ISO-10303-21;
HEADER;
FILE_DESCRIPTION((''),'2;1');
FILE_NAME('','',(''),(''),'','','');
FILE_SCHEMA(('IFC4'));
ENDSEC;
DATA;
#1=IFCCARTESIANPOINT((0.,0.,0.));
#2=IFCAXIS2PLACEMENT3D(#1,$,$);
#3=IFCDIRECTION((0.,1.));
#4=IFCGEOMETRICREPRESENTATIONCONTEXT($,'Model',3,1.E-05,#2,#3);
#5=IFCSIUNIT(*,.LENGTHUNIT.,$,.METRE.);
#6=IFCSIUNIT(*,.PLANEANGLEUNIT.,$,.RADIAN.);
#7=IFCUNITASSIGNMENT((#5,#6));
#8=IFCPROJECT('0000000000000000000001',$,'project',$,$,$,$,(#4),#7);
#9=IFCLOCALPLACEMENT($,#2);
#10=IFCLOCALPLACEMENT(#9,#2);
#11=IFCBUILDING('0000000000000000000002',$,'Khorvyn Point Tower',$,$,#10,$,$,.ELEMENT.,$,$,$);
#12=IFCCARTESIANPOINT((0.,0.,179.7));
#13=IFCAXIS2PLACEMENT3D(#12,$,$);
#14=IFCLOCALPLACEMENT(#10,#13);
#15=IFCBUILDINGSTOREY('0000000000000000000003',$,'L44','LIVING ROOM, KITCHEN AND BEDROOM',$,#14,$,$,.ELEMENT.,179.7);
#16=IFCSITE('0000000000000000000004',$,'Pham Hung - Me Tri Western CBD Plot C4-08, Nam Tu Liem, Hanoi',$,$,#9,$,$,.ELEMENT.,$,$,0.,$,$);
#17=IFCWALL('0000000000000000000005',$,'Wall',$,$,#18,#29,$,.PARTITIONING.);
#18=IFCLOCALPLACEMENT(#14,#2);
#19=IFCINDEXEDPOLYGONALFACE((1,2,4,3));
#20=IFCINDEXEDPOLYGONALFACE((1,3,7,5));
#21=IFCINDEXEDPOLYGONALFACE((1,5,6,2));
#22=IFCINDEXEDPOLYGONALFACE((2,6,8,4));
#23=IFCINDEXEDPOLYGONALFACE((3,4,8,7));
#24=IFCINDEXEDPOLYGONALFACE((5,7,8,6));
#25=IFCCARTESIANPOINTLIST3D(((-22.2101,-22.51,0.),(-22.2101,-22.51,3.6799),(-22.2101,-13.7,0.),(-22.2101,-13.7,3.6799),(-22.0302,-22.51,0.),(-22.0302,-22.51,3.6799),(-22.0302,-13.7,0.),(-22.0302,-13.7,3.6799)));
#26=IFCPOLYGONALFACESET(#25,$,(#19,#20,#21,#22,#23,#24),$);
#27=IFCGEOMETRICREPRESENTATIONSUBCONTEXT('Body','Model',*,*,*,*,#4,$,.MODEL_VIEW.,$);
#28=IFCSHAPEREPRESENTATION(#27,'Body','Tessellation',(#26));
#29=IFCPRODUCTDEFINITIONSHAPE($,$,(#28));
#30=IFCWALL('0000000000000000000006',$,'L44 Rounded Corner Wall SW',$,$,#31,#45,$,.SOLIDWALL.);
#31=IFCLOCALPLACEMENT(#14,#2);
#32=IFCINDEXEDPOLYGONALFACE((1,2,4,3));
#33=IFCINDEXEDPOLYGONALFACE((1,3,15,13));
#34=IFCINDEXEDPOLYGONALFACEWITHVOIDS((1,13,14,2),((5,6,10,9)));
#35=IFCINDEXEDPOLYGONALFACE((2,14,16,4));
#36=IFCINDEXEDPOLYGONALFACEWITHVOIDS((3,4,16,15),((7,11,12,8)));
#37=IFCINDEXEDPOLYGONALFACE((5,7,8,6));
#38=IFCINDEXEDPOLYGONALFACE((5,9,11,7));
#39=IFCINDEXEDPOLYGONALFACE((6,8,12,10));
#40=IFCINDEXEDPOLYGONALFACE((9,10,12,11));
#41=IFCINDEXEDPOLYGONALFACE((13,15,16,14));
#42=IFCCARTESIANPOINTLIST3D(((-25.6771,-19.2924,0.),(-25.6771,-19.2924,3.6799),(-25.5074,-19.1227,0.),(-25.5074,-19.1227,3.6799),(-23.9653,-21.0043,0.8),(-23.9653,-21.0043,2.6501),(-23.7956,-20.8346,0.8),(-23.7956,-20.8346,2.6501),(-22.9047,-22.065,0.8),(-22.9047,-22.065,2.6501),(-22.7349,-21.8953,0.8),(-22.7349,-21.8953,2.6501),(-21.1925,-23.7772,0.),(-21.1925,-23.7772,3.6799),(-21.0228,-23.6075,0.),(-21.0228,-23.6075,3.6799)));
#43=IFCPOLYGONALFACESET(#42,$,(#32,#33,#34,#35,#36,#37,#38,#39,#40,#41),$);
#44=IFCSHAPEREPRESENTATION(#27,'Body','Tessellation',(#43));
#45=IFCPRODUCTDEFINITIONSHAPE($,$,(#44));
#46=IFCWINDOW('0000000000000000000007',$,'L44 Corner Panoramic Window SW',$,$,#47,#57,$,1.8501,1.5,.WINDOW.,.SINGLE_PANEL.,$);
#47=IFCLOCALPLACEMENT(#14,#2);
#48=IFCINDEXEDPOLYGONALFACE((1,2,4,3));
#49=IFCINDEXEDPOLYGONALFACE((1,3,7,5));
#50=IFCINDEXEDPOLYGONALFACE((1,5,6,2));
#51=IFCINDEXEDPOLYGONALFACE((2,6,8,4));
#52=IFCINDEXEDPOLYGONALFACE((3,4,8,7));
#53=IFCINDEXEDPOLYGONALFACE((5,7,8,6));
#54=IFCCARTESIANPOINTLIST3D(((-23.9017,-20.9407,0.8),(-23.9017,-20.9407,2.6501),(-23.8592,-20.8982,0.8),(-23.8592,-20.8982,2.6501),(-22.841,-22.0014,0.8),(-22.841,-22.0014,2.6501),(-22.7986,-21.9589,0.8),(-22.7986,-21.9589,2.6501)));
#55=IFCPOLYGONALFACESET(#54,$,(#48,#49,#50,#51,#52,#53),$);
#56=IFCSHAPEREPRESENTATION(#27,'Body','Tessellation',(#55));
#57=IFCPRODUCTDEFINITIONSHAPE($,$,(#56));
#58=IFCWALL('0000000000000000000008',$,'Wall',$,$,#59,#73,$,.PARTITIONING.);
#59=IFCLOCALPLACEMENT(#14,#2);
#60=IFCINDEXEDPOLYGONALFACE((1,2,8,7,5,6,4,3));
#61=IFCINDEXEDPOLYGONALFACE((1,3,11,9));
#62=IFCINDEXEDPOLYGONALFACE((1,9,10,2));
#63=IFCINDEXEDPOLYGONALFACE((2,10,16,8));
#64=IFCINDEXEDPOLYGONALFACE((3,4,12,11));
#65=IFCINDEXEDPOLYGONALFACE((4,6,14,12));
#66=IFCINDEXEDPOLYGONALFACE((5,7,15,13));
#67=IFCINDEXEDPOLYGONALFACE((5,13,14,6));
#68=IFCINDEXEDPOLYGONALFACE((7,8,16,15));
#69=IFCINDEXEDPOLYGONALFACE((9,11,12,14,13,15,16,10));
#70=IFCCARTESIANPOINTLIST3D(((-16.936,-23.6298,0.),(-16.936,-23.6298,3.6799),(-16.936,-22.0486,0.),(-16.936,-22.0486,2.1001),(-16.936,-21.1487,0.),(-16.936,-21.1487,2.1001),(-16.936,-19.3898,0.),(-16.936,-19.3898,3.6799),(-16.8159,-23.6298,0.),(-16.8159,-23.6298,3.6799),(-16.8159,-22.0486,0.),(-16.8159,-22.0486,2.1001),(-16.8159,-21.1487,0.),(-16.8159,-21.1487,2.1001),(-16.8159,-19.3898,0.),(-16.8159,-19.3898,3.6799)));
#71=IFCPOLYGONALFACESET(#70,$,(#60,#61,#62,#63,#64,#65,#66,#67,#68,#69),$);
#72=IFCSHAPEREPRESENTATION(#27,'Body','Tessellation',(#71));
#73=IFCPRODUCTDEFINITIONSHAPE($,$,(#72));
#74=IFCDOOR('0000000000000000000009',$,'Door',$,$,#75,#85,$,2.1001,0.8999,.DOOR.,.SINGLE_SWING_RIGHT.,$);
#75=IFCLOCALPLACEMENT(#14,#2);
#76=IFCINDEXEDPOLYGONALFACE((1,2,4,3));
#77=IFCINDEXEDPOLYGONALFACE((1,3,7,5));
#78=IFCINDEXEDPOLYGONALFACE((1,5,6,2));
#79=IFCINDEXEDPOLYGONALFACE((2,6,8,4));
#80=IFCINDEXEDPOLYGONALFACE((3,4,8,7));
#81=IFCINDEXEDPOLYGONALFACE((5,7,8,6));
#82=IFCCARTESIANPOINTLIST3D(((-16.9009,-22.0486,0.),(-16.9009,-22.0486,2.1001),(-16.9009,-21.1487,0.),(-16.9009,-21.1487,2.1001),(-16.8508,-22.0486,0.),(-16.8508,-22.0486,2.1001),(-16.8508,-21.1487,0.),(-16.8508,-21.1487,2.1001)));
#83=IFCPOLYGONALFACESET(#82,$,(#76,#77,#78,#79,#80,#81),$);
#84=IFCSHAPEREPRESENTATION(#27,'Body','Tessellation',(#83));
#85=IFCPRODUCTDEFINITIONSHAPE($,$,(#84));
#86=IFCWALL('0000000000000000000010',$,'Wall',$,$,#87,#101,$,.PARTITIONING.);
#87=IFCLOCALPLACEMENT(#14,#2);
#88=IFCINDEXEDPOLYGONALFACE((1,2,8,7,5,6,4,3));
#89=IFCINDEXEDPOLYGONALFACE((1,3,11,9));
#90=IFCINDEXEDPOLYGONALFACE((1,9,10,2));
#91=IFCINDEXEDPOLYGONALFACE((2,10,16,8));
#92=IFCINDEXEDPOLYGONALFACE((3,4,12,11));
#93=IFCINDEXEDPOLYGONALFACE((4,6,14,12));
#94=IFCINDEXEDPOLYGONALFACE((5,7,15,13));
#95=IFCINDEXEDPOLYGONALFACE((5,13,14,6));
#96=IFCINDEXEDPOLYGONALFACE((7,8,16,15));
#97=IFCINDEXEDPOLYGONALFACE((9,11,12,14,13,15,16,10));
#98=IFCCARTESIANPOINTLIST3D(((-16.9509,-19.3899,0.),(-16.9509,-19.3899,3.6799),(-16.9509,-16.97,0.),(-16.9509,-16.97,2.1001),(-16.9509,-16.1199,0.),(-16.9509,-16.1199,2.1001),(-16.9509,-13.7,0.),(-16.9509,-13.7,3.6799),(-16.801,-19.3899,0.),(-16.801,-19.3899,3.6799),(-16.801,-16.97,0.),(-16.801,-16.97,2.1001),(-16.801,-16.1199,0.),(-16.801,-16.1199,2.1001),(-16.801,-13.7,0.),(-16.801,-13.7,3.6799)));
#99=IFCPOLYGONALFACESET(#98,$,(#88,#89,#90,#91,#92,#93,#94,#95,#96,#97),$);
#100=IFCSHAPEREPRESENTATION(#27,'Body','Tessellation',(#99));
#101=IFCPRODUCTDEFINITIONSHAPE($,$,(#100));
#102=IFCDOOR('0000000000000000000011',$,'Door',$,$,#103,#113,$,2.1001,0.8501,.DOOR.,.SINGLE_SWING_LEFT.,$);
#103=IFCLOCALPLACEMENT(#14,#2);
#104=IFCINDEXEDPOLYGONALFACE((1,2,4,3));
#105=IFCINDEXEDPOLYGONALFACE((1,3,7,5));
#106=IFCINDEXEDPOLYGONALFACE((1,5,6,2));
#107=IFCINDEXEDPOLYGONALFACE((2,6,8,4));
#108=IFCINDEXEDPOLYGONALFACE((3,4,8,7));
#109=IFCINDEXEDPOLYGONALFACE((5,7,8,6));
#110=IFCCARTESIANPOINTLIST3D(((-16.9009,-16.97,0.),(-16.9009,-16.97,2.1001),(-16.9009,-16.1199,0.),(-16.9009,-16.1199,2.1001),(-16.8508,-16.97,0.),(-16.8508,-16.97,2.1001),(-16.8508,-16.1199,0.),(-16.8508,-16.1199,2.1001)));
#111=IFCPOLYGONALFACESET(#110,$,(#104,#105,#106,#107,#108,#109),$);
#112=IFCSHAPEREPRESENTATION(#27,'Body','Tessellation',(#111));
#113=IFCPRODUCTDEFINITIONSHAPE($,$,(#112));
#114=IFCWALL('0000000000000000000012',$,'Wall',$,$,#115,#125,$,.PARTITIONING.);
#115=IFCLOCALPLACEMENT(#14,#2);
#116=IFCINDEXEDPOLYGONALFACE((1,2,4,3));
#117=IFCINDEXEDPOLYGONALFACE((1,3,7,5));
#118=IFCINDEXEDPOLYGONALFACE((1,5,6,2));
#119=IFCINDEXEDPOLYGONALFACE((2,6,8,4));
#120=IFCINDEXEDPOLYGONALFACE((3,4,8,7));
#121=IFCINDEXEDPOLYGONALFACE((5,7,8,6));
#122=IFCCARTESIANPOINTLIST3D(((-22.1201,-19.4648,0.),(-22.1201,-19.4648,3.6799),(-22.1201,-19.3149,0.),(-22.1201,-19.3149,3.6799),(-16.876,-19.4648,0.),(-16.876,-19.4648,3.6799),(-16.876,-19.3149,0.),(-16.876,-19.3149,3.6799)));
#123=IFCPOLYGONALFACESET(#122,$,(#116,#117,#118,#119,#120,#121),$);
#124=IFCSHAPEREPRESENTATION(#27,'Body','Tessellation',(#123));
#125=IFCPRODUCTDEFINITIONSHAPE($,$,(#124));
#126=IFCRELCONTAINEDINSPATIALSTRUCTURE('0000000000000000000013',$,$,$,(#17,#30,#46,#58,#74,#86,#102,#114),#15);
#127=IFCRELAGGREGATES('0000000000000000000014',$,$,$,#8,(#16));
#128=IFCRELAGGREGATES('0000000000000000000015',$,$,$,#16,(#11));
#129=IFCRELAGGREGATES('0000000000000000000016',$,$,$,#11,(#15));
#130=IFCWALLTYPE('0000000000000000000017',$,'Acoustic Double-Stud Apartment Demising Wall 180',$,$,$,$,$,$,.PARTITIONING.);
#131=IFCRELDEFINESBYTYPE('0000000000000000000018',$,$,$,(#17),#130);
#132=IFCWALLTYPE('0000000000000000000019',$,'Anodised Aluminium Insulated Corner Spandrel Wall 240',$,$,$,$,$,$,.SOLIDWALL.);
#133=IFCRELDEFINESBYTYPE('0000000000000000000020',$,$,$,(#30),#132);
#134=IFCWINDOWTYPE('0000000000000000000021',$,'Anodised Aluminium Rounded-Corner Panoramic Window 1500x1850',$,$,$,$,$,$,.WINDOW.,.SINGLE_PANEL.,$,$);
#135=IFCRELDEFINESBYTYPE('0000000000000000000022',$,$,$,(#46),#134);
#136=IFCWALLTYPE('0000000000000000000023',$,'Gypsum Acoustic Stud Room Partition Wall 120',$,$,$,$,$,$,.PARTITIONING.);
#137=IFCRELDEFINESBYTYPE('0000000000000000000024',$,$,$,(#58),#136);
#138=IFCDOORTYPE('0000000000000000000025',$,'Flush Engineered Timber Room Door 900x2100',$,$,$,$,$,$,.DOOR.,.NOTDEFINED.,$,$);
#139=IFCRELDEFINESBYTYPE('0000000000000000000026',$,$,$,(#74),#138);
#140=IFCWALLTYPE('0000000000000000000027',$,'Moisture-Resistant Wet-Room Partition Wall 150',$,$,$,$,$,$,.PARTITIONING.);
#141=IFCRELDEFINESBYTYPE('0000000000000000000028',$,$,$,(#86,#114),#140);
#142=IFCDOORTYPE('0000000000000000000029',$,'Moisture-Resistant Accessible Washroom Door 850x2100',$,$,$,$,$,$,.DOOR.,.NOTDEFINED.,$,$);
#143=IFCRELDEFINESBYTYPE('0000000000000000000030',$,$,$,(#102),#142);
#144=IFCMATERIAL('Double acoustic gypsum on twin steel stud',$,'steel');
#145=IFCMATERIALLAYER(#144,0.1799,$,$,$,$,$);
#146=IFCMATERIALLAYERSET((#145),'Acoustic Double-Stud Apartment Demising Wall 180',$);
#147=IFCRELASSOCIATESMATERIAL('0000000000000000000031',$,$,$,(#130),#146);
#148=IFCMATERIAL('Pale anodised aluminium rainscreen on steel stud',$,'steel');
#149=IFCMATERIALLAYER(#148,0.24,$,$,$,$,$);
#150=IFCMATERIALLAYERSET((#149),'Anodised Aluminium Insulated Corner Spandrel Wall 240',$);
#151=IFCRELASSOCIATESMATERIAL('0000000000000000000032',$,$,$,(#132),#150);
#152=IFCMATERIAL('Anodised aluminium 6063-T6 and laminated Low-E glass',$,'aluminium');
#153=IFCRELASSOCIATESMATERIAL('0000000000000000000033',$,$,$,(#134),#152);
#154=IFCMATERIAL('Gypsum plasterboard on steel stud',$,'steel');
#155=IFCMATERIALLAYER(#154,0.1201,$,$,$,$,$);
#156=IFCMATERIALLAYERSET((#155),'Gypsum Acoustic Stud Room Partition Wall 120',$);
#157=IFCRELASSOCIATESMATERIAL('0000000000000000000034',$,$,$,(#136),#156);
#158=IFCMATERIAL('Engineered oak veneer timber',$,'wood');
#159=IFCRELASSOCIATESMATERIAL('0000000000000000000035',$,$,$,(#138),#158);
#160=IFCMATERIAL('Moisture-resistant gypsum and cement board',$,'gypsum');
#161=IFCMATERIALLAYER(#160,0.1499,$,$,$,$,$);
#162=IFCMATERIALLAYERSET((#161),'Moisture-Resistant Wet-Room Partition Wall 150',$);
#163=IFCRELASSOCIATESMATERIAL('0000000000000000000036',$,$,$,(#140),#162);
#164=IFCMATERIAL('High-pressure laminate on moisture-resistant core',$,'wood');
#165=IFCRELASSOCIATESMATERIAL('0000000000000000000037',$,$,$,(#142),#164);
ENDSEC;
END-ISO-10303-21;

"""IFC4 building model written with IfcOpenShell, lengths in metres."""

from ifc_helpers import new_model, si_unit, direction, frame, frame_2d, origin, place, context, subcontext, project, spatial, rectangle, extrude, material, layer, layer_set, type_object, element, fill, save


model = new_model("IFC4")

# Units and contexts
model_context = context("Model", 3, precision=1e-05, world=origin(), true_north=direction((0.0, 1.0)))
body_context = subcontext(model_context, "Body", "Model", "MODEL_VIEW")
ifc_project = project(units=[si_unit("LENGTHUNIT", "METRE"), si_unit("PLANEANGLEUNIT", "RADIAN")], contexts=[model_context])

# Site, building, storey
site_placement = place(None, origin())
site = spatial("IfcSite", under=ifc_project, at=site_placement, Name="Pham Hung - Me Tri Western CBD Plot C4-08, Nam Tu Liem, Hanoi", CompositionType="ELEMENT", RefElevation=0.0)
building_placement = place(site_placement, origin())
building = spatial("IfcBuilding", under=site, at=building_placement, Name="Khorvyn Point Tower", CompositionType="ELEMENT")
storey_placement = place(building_placement, frame((0.0, 0.0, 179.7)))
storey = spatial("IfcBuildingStorey", under=building, at=storey_placement, Name="L44", Description="LIVING ROOM, KITCHEN AND BEDROOM", CompositionType="ELEMENT", Elevation=179.7)

# Shared definitions
ifc_material_1 = material(Name="Anodised aluminium 6063-T6 and laminated Low-E glass", Category="aluminium")

# Wall
ifc_material_2 = material(Name="Double acoustic gypsum on twin steel stud", Category="steel")
ifc_layer_1 = layer(ifc_material_2, 0.1799)
ifc_layer_set_1 = layer_set([ifc_layer_1], Name="Acoustic Double-Stud Apartment Demising Wall 180")
wall_type_1 = type_object("IfcWallType", Name="Acoustic Double-Stud Apartment Demising Wall 180", PredefinedType="PARTITIONING", material=ifc_layer_set_1)
wall_1_placement = place(storey_placement, frame((-22.1201, -22.51, 0.0), z_axis=(0.0, 0.0, 1.0), x_axis=(0.0, 1.0, 0.0)))
element("IfcWall", 1, at=wall_1_placement, inside=storey, type_object=wall_type_1, Name="Wall", PredefinedType="PARTITIONING", context=body_context, shape_type="SweptSolid", body=[
    extrude(rectangle(XDim=8.8101, YDim=0.1799, at=frame_2d((4.405, 0.0))), origin(), (0.0, 0.0, 1.0), 3.6799),
])

# Wall, opening, window
ifc_material_3 = material(Name="Pale anodised aluminium rainscreen on steel stud", Category="steel")
ifc_layer_2 = layer(ifc_material_3, 0.24)
ifc_layer_set_2 = layer_set([ifc_layer_2], Name="Anodised Aluminium Insulated Corner Spandrel Wall 240")
wall_type_2 = type_object("IfcWallType", Name="Anodised Aluminium Insulated Corner Spandrel Wall 240", PredefinedType="SOLIDWALL", material=ifc_layer_set_2)
wall_2_placement = place(storey_placement, frame((-21.1077, -23.6924, 0.0), z_axis=(0.0, 0.0, 1.0), x_axis=(-0.707088, 0.707126, 0.0)))
wall_2 = element("IfcWall", 2, at=wall_2_placement, inside=storey, type_object=wall_type_2, Name="L44 Rounded Corner Wall SW", PredefinedType="SOLIDWALL", context=body_context, shape_type="SweptSolid", body=[
    extrude(rectangle(XDim=6.3423, YDim=0.24, at=frame_2d((3.1711, 0.0))), origin(), (0.0, 0.0, 1.0), 3.6799),
])
opening_1_placement = place(wall_2_placement, frame((2.4214, 0.0, 0.8)))
opening_1 = element("IfcOpeningElement", 3, at=opening_1_placement, cuts=wall_2, PredefinedType="OPENING", context=body_context, shape_type="SweptSolid", body=[
    extrude(rectangle(XDim=1.5, YDim=1.8501, at=frame_2d((0.75, 0.925))), frame((0.0, 0.1299, 0.0), z_axis=(0.0, -1.0, 0.0), x_axis=(1.0, 0.0, 0.0)), (0.0, 0.0, 1.0), 0.26),
])
window_type = type_object("IfcWindowType", Name="Anodised Aluminium Rounded-Corner Panoramic Window 1500x1850", PartitioningType="SINGLE_PANEL", PredefinedType="WINDOW", material=ifc_material_1)
window_placement = place(opening_1_placement, origin())
window = element("IfcWindow", 4, at=window_placement, inside=storey, type_object=window_type, Name="L44 Corner Panoramic Window SW", OverallHeight=1.8501, OverallWidth=1.5, PartitioningType="SINGLE_PANEL", PredefinedType="WINDOW", context=body_context, shape_type="SweptSolid", body=[
    extrude(rectangle(XDim=1.5, YDim=1.8501, at=frame_2d((0.75, 0.925))), frame((0.0, 0.03, 0.0), z_axis=(0.0, -1.0, 0.0), x_axis=(1.0, 0.0, 0.0)), (0.0, 0.0, 1.0), 0.0601),
])
fill(opening_1, window)

# Walls, openings, doors
ifc_material_4 = material(Name="Gypsum plasterboard on steel stud", Category="steel")
ifc_layer_3 = layer(ifc_material_4, 0.1201)
ifc_layer_set_3 = layer_set([ifc_layer_3], Name="Gypsum Acoustic Stud Room Partition Wall 120")
wall_type_3 = type_object("IfcWallType", Name="Gypsum Acoustic Stud Room Partition Wall 120", PredefinedType="PARTITIONING", material=ifc_layer_set_3)
wall_3_placement = place(storey_placement, frame((-16.876, -23.6299, 0.0), z_axis=(0.0, 0.0, 1.0), x_axis=(0.0, 1.0, 0.0)))
wall_3 = element("IfcWall", 5, at=wall_3_placement, inside=storey, type_object=wall_type_3, Name="Wall", PredefinedType="PARTITIONING", context=body_context, shape_type="SweptSolid", body=[
    extrude(rectangle(XDim=4.24, YDim=0.1201, at=frame_2d((2.1201, 0.0))), origin(), (0.0, 0.0, 1.0), 3.6799),
])
opening_2_placement = place(wall_3_placement, frame((1.5813, 0.0, 0.0)))
opening_2 = element("IfcOpeningElement", 6, at=opening_2_placement, cuts=wall_3, PredefinedType="OPENING", context=body_context, shape_type="SweptSolid", body=[
    extrude(rectangle(XDim=0.8999, YDim=2.1001, at=frame_2d((0.45, 1.05))), frame((0.0, 0.0701, 0.0), z_axis=(0.0, -1.0, 0.0), x_axis=(1.0, 0.0, 0.0)), (0.0, 0.0, 1.0), 0.1401),
])
ifc_material_5 = material(Name="Engineered oak veneer timber", Category="wood")
door_type_1 = type_object("IfcDoorType", Name="Flush Engineered Timber Room Door 900x2100", OperationType="NOTDEFINED", PredefinedType="DOOR", material=ifc_material_5)
door_1_placement = place(opening_2_placement, origin())
door_1 = element("IfcDoor", 7, at=door_1_placement, inside=storey, type_object=door_type_1, Name="Door", OperationType="SINGLE_SWING_RIGHT", OverallHeight=2.1001, OverallWidth=0.8999, PredefinedType="DOOR", context=body_context, shape_type="SweptSolid", body=[
    extrude(rectangle(XDim=0.8999, YDim=2.1001, at=frame_2d((0.45, 1.05))), frame((0.0, 0.0249, 0.0), z_axis=(0.0, -1.0, 0.0), x_axis=(1.0, 0.0, 0.0)), (0.0, 0.0, 1.0), 0.05),
])
fill(opening_2, door_1)
ifc_material_6 = material(Name="Moisture-resistant gypsum and cement board", Category="gypsum")
ifc_layer_4 = layer(ifc_material_6, 0.1499)
ifc_layer_set_4 = layer_set([ifc_layer_4], Name="Moisture-Resistant Wet-Room Partition Wall 150")
wall_type_4 = type_object("IfcWallType", Name="Moisture-Resistant Wet-Room Partition Wall 150", PredefinedType="PARTITIONING", material=ifc_layer_set_4)
wall_4_placement = place(storey_placement, frame((-16.876, -19.3899, 0.0), z_axis=(0.0, 0.0, 1.0), x_axis=(0.0, 1.0, 0.0)))
wall_4 = element("IfcWall", 8, at=wall_4_placement, inside=storey, type_object=wall_type_4, Name="Wall", PredefinedType="PARTITIONING", context=body_context, shape_type="SweptSolid", body=[
    extrude(rectangle(XDim=5.6899, YDim=0.1499, at=frame_2d((2.845, 0.0))), origin(), (0.0, 0.0, 1.0), 3.6799),
])
opening_3_placement = place(wall_4_placement, frame((2.4199, 0.0, 0.0)))
opening_3 = element("IfcOpeningElement", 9, at=opening_3_placement, cuts=wall_4, PredefinedType="OPENING", context=body_context, shape_type="SweptSolid", body=[
    extrude(rectangle(XDim=0.8501, YDim=2.1001, at=frame_2d((0.425, 1.05))), frame((0.0, 0.085, 0.0), z_axis=(0.0, -1.0, 0.0), x_axis=(1.0, 0.0, 0.0)), (0.0, 0.0, 1.0), 0.1699),
])
ifc_material_7 = material(Name="High-pressure laminate on moisture-resistant core", Category="wood")
door_type_2 = type_object("IfcDoorType", Name="Moisture-Resistant Accessible Washroom Door 850x2100", OperationType="NOTDEFINED", PredefinedType="DOOR", material=ifc_material_7)
door_2_placement = place(opening_3_placement, origin())
door_2 = element("IfcDoor", 10, at=door_2_placement, inside=storey, type_object=door_type_2, Name="Door", OperationType="SINGLE_SWING_LEFT", OverallHeight=2.1001, OverallWidth=0.8501, PredefinedType="DOOR", context=body_context, shape_type="SweptSolid", body=[
    extrude(rectangle(XDim=0.8501, YDim=2.1001, at=frame_2d((0.425, 1.05))), frame((0.0, 0.0249, 0.0), z_axis=(0.0, -1.0, 0.0), x_axis=(1.0, 0.0, 0.0)), (0.0, 0.0, 1.0), 0.05),
])
fill(opening_3, door_2)

# Wall
wall_5_placement = place(storey_placement, frame((-22.1201, -19.3899, 0.0), z_axis=(0.0, 0.0, 1.0), x_axis=(1.0, 0.0, 0.0)))
element("IfcWall", 11, at=wall_5_placement, inside=storey, type_object=wall_type_4, Name="Wall", PredefinedType="PARTITIONING", context=body_context, shape_type="SweptSolid", body=[
    extrude(rectangle(XDim=5.2441, YDim=0.1499, at=frame_2d((2.6221, 0.0))), origin(), (0.0, 0.0, 1.0), 3.6799),
])

save(model, "model.ifc")
